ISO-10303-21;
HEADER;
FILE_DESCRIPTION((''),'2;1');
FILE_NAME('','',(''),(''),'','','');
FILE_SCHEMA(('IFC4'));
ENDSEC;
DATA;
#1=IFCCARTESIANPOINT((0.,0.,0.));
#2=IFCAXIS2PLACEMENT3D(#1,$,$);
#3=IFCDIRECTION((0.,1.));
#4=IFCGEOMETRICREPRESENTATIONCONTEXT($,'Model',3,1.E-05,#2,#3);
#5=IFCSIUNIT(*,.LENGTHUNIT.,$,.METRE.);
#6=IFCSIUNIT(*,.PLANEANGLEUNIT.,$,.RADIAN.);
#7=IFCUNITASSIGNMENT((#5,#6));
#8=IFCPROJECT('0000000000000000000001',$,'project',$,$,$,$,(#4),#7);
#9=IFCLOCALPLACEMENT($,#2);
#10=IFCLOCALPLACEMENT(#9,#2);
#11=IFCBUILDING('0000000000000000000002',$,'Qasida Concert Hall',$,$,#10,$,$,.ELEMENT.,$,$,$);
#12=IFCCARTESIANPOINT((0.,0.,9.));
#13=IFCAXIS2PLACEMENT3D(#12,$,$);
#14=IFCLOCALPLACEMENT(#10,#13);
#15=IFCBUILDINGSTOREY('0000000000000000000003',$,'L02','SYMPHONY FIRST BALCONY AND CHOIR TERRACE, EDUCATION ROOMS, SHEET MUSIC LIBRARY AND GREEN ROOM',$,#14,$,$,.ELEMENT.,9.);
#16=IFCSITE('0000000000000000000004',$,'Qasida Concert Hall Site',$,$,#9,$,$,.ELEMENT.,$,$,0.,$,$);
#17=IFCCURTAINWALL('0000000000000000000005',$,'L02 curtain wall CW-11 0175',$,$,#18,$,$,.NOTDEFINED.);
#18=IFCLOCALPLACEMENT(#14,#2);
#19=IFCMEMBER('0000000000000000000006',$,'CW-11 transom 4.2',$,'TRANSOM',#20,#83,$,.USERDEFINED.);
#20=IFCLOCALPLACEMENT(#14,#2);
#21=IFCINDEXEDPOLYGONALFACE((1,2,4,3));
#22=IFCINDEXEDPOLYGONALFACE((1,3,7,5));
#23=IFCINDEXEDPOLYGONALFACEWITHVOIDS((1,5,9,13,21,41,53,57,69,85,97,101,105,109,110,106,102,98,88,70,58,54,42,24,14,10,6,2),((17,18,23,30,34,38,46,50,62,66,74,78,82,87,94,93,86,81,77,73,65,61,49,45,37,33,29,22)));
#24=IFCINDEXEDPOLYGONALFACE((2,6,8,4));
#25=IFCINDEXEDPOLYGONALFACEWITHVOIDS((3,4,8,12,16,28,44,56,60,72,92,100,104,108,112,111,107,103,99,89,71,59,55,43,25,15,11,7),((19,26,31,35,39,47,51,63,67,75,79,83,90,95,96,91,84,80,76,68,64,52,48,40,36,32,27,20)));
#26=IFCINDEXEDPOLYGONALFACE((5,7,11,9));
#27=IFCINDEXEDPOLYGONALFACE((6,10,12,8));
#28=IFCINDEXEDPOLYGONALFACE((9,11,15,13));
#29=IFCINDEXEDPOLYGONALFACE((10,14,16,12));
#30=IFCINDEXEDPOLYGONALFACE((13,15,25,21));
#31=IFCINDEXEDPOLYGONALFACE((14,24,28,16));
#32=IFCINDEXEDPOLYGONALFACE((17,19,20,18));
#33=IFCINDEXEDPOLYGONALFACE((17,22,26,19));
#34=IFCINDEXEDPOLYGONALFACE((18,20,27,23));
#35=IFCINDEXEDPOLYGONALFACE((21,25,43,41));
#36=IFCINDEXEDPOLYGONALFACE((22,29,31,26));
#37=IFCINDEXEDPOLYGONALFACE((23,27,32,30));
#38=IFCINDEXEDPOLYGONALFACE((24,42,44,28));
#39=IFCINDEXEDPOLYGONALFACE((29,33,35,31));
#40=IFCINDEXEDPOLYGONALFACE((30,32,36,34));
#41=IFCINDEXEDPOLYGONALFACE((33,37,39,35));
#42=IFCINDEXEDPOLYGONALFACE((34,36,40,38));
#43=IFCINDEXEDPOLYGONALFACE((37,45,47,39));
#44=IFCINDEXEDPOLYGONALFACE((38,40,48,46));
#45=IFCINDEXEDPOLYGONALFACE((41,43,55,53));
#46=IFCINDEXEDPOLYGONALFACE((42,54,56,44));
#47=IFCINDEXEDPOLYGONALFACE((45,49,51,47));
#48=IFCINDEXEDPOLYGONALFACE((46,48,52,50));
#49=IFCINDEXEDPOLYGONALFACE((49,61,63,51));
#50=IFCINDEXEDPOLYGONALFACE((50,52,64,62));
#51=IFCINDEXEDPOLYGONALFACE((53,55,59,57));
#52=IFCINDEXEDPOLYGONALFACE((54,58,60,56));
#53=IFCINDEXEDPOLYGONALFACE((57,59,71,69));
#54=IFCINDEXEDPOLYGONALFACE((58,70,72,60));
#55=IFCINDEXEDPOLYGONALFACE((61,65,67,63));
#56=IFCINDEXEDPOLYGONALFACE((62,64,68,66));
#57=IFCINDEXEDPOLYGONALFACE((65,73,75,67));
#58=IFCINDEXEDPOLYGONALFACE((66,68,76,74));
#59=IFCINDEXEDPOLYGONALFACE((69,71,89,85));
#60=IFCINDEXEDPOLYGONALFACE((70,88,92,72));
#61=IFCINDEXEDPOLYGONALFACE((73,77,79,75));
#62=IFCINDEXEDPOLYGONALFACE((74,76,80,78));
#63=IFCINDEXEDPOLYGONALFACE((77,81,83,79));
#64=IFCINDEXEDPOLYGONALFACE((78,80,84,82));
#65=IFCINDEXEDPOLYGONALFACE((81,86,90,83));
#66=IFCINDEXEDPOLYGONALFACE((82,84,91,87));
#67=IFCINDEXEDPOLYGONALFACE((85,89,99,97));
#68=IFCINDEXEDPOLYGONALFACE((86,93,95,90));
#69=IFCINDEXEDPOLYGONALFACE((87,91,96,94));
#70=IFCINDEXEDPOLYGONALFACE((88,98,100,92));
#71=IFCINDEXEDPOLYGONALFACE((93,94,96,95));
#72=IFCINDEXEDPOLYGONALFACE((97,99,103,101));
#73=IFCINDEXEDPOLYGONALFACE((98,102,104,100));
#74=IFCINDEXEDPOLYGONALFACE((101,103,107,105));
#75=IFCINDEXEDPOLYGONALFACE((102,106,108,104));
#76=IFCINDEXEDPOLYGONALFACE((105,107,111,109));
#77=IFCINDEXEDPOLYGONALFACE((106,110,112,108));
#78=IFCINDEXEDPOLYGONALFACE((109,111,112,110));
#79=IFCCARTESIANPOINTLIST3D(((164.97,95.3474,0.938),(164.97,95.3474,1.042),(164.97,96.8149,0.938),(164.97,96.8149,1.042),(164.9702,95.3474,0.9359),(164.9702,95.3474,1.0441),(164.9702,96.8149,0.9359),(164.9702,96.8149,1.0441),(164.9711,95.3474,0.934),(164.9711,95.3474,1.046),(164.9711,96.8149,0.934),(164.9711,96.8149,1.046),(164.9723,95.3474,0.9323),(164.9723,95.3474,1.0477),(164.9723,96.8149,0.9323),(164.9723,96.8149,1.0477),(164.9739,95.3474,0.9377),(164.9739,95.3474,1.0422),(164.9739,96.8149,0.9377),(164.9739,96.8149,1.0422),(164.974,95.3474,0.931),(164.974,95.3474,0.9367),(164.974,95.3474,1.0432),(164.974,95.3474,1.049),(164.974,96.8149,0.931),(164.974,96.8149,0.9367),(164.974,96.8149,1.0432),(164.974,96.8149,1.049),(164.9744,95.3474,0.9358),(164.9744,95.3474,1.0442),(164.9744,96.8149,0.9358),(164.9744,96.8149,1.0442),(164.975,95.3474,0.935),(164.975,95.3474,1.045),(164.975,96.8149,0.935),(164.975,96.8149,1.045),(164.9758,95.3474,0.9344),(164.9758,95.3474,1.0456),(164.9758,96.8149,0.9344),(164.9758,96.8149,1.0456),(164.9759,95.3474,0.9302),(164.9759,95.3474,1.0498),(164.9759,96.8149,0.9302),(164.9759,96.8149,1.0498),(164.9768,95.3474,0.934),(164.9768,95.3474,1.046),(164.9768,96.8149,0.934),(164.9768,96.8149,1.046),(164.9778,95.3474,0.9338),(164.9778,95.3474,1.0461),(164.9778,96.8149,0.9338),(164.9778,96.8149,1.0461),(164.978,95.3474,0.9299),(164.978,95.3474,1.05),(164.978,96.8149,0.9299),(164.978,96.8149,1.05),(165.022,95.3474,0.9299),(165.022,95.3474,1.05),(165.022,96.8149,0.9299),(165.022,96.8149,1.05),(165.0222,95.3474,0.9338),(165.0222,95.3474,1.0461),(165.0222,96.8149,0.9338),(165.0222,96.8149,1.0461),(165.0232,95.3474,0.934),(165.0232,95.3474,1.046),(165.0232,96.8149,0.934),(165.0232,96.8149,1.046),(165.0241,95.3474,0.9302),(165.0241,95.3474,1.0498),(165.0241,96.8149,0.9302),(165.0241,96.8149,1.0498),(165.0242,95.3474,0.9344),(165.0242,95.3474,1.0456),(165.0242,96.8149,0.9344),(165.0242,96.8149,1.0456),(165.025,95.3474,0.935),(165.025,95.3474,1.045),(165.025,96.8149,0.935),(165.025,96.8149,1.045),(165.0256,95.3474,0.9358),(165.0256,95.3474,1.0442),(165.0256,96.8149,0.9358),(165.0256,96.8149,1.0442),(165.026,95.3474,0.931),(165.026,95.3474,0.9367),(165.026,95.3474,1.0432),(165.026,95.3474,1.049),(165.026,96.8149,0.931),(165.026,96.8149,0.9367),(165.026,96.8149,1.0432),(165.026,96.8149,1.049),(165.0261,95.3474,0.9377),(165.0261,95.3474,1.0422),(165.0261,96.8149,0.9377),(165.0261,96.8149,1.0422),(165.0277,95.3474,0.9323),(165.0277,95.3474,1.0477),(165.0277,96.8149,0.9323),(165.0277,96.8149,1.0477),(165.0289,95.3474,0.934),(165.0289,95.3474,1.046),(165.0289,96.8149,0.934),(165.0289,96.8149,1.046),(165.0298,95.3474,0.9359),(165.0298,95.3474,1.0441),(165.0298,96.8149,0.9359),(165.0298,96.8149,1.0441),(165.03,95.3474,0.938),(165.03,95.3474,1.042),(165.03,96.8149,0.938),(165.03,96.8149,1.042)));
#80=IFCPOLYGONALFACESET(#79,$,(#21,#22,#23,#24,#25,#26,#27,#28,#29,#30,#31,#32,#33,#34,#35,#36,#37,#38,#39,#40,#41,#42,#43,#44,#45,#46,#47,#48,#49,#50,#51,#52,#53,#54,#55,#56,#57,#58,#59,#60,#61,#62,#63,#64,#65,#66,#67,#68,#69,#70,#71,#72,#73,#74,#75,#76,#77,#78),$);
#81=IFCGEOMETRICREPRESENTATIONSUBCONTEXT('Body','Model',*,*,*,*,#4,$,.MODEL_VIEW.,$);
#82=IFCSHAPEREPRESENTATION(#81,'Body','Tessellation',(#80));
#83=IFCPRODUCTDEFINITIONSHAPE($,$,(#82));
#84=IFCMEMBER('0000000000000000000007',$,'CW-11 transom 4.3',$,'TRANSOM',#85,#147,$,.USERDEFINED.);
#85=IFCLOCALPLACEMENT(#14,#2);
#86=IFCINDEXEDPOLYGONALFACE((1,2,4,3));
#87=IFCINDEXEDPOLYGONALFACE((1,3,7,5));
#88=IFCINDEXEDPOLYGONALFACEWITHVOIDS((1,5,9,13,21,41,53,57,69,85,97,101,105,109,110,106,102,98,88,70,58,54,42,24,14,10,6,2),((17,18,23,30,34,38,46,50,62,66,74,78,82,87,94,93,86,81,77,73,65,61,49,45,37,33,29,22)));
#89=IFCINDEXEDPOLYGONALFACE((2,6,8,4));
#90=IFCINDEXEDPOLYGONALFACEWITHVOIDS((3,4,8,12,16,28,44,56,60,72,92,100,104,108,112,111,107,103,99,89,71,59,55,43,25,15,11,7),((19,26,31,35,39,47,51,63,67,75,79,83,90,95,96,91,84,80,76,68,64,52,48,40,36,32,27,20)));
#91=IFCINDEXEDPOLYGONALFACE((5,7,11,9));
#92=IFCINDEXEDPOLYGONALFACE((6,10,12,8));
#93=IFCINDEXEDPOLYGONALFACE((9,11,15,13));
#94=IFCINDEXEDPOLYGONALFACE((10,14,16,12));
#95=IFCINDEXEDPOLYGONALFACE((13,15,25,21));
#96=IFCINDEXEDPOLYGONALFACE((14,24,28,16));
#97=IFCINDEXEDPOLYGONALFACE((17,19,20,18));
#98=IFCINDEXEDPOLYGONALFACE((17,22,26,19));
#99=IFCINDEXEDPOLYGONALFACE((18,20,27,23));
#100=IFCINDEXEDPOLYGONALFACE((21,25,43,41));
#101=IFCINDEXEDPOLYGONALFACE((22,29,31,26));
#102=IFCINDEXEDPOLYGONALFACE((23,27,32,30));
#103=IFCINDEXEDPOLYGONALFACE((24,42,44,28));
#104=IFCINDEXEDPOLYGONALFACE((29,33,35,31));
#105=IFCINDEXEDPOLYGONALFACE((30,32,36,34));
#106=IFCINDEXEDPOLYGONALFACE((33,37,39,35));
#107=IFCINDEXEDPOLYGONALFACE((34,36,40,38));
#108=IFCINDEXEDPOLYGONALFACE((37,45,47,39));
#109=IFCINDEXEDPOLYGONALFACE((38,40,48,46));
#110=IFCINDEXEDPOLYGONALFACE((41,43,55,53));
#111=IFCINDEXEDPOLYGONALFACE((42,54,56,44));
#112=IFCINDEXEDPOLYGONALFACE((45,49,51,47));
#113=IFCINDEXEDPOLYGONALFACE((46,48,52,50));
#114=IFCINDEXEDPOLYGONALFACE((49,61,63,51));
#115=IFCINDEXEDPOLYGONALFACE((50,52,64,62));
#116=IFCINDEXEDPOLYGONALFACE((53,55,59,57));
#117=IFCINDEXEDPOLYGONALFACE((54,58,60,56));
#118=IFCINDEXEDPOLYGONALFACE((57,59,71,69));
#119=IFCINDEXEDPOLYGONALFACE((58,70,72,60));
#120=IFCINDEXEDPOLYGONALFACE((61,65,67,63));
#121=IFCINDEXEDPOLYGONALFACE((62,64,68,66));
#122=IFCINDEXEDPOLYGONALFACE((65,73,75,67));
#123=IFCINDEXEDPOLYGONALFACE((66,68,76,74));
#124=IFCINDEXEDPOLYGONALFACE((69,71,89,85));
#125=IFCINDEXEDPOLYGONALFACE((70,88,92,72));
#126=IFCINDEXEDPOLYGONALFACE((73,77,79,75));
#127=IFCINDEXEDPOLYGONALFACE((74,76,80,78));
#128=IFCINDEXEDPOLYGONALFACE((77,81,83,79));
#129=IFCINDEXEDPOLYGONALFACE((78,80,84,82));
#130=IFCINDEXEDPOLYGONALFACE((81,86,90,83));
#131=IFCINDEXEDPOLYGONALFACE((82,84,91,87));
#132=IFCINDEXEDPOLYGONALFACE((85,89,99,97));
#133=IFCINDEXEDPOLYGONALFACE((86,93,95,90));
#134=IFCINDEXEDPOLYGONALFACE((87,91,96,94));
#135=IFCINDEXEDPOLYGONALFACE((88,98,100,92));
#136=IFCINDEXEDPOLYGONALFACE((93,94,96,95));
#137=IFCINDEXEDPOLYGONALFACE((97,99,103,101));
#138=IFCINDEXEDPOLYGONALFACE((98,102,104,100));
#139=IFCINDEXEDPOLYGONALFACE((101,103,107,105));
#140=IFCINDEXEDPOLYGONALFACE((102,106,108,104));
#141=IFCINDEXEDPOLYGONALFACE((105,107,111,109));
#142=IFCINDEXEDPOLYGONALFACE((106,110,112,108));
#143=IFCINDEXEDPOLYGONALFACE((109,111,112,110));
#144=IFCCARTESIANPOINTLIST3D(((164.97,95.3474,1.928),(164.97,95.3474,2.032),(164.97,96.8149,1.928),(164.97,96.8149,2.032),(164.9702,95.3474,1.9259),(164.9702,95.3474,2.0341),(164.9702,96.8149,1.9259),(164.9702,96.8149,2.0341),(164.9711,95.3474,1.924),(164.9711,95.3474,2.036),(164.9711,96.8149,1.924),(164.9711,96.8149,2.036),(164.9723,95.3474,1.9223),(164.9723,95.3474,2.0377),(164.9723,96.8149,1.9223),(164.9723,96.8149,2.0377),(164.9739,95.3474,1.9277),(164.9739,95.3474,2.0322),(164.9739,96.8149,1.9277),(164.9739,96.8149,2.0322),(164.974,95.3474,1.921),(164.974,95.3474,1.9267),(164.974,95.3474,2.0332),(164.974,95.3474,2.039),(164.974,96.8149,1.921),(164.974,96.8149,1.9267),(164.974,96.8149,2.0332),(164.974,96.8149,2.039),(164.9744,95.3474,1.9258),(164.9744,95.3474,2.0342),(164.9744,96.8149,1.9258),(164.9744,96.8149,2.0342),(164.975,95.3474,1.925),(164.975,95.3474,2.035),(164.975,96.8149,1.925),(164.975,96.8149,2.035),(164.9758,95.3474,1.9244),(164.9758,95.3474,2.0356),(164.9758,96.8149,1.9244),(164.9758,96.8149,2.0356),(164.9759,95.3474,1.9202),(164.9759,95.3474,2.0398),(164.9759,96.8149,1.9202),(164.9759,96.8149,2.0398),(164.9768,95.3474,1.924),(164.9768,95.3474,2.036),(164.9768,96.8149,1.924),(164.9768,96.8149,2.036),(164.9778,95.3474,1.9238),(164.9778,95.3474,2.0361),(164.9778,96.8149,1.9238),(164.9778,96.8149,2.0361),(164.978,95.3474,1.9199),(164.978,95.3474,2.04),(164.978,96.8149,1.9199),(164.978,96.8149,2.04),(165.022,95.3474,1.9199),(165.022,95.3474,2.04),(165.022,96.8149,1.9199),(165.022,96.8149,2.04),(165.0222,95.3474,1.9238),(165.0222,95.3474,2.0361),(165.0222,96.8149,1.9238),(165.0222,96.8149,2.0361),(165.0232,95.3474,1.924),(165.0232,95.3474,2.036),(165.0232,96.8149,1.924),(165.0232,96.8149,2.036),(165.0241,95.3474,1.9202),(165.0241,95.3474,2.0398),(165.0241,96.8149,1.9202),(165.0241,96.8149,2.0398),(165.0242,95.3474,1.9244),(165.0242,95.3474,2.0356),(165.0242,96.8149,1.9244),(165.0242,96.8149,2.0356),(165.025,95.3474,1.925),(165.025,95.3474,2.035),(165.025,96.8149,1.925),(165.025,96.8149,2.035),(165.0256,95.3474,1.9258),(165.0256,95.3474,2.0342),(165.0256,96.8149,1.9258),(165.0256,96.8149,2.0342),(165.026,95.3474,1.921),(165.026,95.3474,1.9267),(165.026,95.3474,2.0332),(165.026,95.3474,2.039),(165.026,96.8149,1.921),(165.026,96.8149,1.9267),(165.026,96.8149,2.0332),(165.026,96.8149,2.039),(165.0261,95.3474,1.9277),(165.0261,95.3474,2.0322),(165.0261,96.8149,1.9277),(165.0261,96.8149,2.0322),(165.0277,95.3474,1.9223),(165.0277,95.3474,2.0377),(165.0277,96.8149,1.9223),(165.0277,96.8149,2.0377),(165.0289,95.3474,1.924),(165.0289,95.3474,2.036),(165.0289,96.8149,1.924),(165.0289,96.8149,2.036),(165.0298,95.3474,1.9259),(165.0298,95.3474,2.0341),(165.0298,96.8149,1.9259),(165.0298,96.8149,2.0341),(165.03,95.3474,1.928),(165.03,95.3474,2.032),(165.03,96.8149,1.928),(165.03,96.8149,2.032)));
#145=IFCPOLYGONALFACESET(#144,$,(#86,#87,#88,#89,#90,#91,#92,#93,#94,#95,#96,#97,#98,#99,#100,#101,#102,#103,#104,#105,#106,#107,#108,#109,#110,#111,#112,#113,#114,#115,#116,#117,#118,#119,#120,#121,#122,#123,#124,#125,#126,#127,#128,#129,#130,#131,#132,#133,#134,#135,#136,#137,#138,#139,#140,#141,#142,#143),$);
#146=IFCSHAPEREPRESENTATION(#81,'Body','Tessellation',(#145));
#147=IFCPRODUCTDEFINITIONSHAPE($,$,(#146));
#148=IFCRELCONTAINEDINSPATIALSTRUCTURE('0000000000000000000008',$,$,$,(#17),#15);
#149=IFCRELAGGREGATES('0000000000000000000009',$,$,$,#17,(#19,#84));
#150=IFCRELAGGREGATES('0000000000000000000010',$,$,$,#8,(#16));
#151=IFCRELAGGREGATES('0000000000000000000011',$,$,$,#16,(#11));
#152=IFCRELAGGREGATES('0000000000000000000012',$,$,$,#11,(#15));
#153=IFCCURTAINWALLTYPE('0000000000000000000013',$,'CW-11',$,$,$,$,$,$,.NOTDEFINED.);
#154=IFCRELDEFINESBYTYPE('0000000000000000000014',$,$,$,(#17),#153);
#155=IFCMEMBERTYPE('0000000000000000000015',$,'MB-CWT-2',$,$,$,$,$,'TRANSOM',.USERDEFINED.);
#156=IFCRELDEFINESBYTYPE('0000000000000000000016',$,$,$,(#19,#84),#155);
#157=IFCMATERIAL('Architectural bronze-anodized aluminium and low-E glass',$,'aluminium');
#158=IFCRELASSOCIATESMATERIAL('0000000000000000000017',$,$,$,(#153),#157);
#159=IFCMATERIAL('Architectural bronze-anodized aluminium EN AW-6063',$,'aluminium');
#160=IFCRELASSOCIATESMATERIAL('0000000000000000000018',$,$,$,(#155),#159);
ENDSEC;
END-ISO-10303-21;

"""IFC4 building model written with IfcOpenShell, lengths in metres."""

from ifc_helpers import new_model, si_unit, direction, frame, origin, origin_2d, place, context, subcontext, project, spatial, hollow_rectangle, extrude, material, material_profile, profile_set, type_object, element, aggregate, save


model = new_model("IFC4")

# Units and contexts
model_context = context("Model", 3, precision=1e-05, world=origin(), true_north=direction((0.0, 1.0)))
body_context = subcontext(model_context, "Body", "Model", "MODEL_VIEW")
ifc_project = project(units=[si_unit("LENGTHUNIT", "METRE"), si_unit("PLANEANGLEUNIT", "RADIAN")], contexts=[model_context])

# Site, building, storey
site_placement = place(None, origin())
site = spatial("IfcSite", under=ifc_project, at=site_placement, Name="Qasida Concert Hall Site", CompositionType="ELEMENT", RefElevation=0.0)
building_placement = place(site_placement, origin())
building = spatial("IfcBuilding", under=site, at=building_placement, Name="Qasida Concert Hall", CompositionType="ELEMENT")
storey_placement = place(building_placement, frame((0.0, 0.0, 9.0)))
storey = spatial("IfcBuildingStorey", under=building, at=storey_placement, Name="L02", Description="SYMPHONY FIRST BALCONY AND CHOIR TERRACE, EDUCATION ROOMS, SHEET MUSIC LIBRARY AND GREEN ROOM", CompositionType="ELEMENT", Elevation=9.0)

# Curtain wall, members
ifc_material_1 = material(Name="Architectural bronze-anodized aluminium and low-E glass", Category="aluminium")
curtain_wall_type = type_object("IfcCurtainWallType", Name="CW-11", PredefinedType="NOTDEFINED", material=ifc_material_1)
curtain_wall_placement = place(storey_placement, origin())
curtain_wall = element("IfcCurtainWall", 1, at=curtain_wall_placement, inside=storey, type_object=curtain_wall_type, Name="L02 curtain wall CW-11 0175", PredefinedType="NOTDEFINED")
ifc_material_2 = material(Name="Architectural bronze-anodized aluminium EN AW-6063", Category="aluminium")
ifc_material_profile_1 = material_profile(ifc_material_2, hollow_rectangle(XDim=0.0601, YDim=0.1201, WallThickness=0.0039, InnerFilletRadius=0.0039, OuterFilletRadius=0.0081, at=origin_2d()), Name="CWT 120x60x4")
ifc_profile_set_1 = profile_set([ifc_material_profile_1], Name="Architectural bronze-anodized aluminium EN AW-6063")
member_type_1 = type_object("IfcMemberType", Name="MB-CWT-2", ElementType="TRANSOM", PredefinedType="USERDEFINED", material=ifc_profile_set_1)
member_1_placement = place(storey_placement, frame((165.0, 95.3474, 0.99), z_axis=(0.0, 1.0, 0.0), x_axis=(-1.0, 0.0, 0.0)))
member_1 = element("IfcMember", 2, at=member_1_placement, type_object=member_type_1, Name="CW-11 transom 4.2", ObjectType="TRANSOM", PredefinedType="USERDEFINED", context=body_context, shape_type="SweptSolid", body=[
    extrude(hollow_rectangle(XDim=0.0601, YDim=0.1201, WallThickness=0.0039, InnerFilletRadius=0.0039, OuterFilletRadius=0.0081, at=origin_2d()), origin(), (0.0, 0.0, 1.0), 1.4675),
])
member_2_placement = place(storey_placement, frame((165.0, 95.3474, 1.98), z_axis=(0.0, 1.0, 0.0), x_axis=(-1.0, 0.0, 0.0)))
member_2 = element("IfcMember", 3, at=member_2_placement, type_object=member_type_1, Name="CW-11 transom 4.3", ObjectType="TRANSOM", PredefinedType="USERDEFINED", context=body_context, shape_type="SweptSolid", body=[
    extrude(hollow_rectangle(XDim=0.0601, YDim=0.1201, WallThickness=0.0039, InnerFilletRadius=0.0039, OuterFilletRadius=0.0081, at=origin_2d()), origin(), (0.0, 0.0, 1.0), 1.4675),
])
aggregate(curtain_wall, [member_1, member_2])

save(model, "model.ifc")
